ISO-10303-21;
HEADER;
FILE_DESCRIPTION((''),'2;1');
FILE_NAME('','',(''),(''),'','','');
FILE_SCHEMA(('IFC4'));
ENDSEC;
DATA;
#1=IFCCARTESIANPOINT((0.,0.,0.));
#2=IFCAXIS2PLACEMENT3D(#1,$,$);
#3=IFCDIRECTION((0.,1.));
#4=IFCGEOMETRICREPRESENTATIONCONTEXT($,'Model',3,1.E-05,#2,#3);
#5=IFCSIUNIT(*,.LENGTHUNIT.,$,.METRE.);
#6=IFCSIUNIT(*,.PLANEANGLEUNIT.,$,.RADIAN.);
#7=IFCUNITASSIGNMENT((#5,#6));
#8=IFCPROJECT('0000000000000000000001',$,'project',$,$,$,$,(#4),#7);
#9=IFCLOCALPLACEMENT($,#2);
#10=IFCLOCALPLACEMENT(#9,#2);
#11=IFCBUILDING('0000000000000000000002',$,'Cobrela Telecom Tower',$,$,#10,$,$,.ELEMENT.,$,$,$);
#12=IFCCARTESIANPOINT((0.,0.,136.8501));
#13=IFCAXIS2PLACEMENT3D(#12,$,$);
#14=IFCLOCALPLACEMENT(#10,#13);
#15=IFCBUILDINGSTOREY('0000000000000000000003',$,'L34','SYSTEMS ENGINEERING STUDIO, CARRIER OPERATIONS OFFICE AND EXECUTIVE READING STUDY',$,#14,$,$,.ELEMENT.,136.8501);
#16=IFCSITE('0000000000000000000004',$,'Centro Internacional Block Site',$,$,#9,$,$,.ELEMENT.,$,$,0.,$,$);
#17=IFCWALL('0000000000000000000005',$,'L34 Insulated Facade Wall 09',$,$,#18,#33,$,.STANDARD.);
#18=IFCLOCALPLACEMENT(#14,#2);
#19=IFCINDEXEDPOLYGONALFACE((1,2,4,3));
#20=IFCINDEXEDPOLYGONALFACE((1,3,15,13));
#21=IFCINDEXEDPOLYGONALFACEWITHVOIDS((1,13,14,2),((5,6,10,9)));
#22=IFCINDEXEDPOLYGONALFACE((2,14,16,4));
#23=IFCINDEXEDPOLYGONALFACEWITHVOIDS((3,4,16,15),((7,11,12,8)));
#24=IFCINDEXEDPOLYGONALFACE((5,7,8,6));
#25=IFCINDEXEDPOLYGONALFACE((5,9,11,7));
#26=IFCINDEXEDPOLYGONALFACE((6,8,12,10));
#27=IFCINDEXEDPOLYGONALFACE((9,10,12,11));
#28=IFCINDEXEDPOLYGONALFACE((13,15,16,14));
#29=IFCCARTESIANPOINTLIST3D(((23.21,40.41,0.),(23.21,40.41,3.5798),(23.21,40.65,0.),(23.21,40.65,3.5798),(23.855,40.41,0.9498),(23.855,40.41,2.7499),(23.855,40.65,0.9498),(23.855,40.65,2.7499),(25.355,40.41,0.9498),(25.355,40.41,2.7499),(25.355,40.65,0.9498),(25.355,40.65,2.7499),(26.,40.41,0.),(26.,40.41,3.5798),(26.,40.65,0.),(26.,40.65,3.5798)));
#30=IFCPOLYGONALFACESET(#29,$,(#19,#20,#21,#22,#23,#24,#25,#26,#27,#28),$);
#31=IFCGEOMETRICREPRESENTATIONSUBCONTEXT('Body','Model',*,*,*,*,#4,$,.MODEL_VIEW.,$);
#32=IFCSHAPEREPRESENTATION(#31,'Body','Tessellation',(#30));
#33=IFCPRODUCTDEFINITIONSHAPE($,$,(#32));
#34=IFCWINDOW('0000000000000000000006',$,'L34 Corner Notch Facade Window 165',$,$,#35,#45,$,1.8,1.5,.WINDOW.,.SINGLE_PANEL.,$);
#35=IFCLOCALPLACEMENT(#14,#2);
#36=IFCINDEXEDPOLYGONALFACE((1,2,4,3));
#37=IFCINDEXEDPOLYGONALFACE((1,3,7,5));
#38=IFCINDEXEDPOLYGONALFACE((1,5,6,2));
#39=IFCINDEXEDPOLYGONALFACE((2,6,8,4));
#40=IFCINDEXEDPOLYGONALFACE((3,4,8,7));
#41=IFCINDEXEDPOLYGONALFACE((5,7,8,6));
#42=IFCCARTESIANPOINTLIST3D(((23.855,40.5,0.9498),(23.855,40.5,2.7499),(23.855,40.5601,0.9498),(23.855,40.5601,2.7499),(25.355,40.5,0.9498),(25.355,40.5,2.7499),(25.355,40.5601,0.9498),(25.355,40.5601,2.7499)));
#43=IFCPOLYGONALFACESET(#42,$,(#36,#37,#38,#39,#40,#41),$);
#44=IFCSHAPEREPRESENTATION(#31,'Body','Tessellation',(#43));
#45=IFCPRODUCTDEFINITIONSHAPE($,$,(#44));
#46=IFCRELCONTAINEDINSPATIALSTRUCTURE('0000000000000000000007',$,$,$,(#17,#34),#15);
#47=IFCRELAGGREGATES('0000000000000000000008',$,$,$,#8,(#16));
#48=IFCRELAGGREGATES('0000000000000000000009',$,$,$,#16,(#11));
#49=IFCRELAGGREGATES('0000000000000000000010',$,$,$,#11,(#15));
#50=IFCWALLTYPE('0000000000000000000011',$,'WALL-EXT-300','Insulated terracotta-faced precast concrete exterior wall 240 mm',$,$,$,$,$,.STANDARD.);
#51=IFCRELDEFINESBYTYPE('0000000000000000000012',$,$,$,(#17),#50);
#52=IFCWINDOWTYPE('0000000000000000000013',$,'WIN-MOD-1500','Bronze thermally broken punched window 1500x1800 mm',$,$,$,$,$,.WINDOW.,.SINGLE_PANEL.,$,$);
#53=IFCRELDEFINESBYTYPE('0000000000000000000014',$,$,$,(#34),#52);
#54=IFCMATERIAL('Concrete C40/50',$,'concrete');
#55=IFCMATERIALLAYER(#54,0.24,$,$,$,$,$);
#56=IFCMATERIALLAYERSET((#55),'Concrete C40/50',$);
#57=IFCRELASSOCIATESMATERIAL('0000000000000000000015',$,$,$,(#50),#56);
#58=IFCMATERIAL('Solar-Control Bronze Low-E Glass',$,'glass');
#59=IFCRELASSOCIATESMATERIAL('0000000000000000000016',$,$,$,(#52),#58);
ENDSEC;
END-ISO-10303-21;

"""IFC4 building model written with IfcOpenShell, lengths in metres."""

from ifc_helpers import new_model, si_unit, direction, frame, frame_2d, origin, place, context, subcontext, project, spatial, rectangle, extrude, material, layer, layer_set, type_object, element, fill, save


model = new_model("IFC4")

# Units and contexts
model_context = context("Model", 3, precision=1e-05, world=origin(), true_north=direction((0.0, 1.0)))
body_context = subcontext(model_context, "Body", "Model", "MODEL_VIEW")
ifc_project = project(units=[si_unit("LENGTHUNIT", "METRE"), si_unit("PLANEANGLEUNIT", "RADIAN")], contexts=[model_context])

# Site, building, storey
site_placement = place(None, origin())
site = spatial("IfcSite", under=ifc_project, at=site_placement, Name="Centro Internacional Block Site", CompositionType="ELEMENT", RefElevation=0.0)
building_placement = place(site_placement, origin())
building = spatial("IfcBuilding", under=site, at=building_placement, Name="Cobrela Telecom Tower", CompositionType="ELEMENT")
storey_placement = place(building_placement, frame((0.0, 0.0, 136.8501)))
storey = spatial("IfcBuildingStorey", under=building, at=storey_placement, Name="L34", Description="SYSTEMS ENGINEERING STUDIO, CARRIER OPERATIONS OFFICE AND EXECUTIVE READING STUDY", CompositionType="ELEMENT", Elevation=136.8501)

# Shared definitions
ifc_material_1 = material(Name="Solar-Control Bronze Low-E Glass", Category="glass")

# Wall, opening, window
ifc_material_2 = material(Name="Concrete C40/50", Category="concrete")
ifc_layer_1 = layer(ifc_material_2, 0.24)
ifc_layer_set_1 = layer_set([ifc_layer_1], Name="Concrete C40/50")
wall_type = type_object("IfcWallType", Name="WALL-EXT-300", Description="Insulated terracotta-faced precast concrete exterior wall 240 mm", PredefinedType="STANDARD", material=ifc_layer_set_1)
wall_1_placement = place(storey_placement, frame((23.21, 40.53, 0.0), z_axis=(0.0, 0.0, 1.0), x_axis=(1.0, 0.0, 0.0)))
wall_1 = element("IfcWall", 1, at=wall_1_placement, inside=storey, type_object=wall_type, Name="L34 Insulated Facade Wall 09", PredefinedType="STANDARD", context=body_context, shape_type="SweptSolid", body=[
    extrude(rectangle(XDim=2.79, YDim=0.24, at=frame_2d((1.395, 0.0))), origin(), (0.0, 0.0, 1.0), 3.5798),
])
opening_1_placement = place(wall_1_placement, frame((0.645, 0.0, 0.95)))
opening_1 = element("IfcOpeningElement", 2, at=opening_1_placement, cuts=wall_1, PredefinedType="OPENING", context=body_context, shape_type="SweptSolid", body=[
    extrude(rectangle(XDim=1.5, YDim=1.8, at=frame_2d((0.75, 0.8999))), frame((0.0, 0.1318, 0.0), z_axis=(0.0, -1.0, 0.0), x_axis=(1.0, 0.0, 0.0)), (0.0, 0.0, 1.0), 0.2639),
])
window_type_1 = type_object("IfcWindowType", Name="WIN-MOD-1500", Description="Bronze thermally broken punched window 1500x1800 mm", PartitioningType="SINGLE_PANEL", PredefinedType="WINDOW", material=ifc_material_1)
window_1_placement = place(opening_1_placement, origin())
window_1 = element("IfcWindow", 3, at=window_1_placement, inside=storey, type_object=window_type_1, Name="L34 Corner Notch Facade Window 165", OverallHeight=1.8, OverallWidth=1.5, PartitioningType="SINGLE_PANEL", PredefinedType="WINDOW", context=body_context, shape_type="SweptSolid", body=[
    extrude(rectangle(XDim=1.5, YDim=1.8, at=frame_2d((0.75, 0.8999))), frame((0.0, 0.03, 0.0), z_axis=(0.0, -1.0, 0.0), x_axis=(1.0, 0.0, 0.0)), (0.0, 0.0, 1.0), 0.0601),
])
fill(opening_1, window_1)

save(model, "model.ifc")
